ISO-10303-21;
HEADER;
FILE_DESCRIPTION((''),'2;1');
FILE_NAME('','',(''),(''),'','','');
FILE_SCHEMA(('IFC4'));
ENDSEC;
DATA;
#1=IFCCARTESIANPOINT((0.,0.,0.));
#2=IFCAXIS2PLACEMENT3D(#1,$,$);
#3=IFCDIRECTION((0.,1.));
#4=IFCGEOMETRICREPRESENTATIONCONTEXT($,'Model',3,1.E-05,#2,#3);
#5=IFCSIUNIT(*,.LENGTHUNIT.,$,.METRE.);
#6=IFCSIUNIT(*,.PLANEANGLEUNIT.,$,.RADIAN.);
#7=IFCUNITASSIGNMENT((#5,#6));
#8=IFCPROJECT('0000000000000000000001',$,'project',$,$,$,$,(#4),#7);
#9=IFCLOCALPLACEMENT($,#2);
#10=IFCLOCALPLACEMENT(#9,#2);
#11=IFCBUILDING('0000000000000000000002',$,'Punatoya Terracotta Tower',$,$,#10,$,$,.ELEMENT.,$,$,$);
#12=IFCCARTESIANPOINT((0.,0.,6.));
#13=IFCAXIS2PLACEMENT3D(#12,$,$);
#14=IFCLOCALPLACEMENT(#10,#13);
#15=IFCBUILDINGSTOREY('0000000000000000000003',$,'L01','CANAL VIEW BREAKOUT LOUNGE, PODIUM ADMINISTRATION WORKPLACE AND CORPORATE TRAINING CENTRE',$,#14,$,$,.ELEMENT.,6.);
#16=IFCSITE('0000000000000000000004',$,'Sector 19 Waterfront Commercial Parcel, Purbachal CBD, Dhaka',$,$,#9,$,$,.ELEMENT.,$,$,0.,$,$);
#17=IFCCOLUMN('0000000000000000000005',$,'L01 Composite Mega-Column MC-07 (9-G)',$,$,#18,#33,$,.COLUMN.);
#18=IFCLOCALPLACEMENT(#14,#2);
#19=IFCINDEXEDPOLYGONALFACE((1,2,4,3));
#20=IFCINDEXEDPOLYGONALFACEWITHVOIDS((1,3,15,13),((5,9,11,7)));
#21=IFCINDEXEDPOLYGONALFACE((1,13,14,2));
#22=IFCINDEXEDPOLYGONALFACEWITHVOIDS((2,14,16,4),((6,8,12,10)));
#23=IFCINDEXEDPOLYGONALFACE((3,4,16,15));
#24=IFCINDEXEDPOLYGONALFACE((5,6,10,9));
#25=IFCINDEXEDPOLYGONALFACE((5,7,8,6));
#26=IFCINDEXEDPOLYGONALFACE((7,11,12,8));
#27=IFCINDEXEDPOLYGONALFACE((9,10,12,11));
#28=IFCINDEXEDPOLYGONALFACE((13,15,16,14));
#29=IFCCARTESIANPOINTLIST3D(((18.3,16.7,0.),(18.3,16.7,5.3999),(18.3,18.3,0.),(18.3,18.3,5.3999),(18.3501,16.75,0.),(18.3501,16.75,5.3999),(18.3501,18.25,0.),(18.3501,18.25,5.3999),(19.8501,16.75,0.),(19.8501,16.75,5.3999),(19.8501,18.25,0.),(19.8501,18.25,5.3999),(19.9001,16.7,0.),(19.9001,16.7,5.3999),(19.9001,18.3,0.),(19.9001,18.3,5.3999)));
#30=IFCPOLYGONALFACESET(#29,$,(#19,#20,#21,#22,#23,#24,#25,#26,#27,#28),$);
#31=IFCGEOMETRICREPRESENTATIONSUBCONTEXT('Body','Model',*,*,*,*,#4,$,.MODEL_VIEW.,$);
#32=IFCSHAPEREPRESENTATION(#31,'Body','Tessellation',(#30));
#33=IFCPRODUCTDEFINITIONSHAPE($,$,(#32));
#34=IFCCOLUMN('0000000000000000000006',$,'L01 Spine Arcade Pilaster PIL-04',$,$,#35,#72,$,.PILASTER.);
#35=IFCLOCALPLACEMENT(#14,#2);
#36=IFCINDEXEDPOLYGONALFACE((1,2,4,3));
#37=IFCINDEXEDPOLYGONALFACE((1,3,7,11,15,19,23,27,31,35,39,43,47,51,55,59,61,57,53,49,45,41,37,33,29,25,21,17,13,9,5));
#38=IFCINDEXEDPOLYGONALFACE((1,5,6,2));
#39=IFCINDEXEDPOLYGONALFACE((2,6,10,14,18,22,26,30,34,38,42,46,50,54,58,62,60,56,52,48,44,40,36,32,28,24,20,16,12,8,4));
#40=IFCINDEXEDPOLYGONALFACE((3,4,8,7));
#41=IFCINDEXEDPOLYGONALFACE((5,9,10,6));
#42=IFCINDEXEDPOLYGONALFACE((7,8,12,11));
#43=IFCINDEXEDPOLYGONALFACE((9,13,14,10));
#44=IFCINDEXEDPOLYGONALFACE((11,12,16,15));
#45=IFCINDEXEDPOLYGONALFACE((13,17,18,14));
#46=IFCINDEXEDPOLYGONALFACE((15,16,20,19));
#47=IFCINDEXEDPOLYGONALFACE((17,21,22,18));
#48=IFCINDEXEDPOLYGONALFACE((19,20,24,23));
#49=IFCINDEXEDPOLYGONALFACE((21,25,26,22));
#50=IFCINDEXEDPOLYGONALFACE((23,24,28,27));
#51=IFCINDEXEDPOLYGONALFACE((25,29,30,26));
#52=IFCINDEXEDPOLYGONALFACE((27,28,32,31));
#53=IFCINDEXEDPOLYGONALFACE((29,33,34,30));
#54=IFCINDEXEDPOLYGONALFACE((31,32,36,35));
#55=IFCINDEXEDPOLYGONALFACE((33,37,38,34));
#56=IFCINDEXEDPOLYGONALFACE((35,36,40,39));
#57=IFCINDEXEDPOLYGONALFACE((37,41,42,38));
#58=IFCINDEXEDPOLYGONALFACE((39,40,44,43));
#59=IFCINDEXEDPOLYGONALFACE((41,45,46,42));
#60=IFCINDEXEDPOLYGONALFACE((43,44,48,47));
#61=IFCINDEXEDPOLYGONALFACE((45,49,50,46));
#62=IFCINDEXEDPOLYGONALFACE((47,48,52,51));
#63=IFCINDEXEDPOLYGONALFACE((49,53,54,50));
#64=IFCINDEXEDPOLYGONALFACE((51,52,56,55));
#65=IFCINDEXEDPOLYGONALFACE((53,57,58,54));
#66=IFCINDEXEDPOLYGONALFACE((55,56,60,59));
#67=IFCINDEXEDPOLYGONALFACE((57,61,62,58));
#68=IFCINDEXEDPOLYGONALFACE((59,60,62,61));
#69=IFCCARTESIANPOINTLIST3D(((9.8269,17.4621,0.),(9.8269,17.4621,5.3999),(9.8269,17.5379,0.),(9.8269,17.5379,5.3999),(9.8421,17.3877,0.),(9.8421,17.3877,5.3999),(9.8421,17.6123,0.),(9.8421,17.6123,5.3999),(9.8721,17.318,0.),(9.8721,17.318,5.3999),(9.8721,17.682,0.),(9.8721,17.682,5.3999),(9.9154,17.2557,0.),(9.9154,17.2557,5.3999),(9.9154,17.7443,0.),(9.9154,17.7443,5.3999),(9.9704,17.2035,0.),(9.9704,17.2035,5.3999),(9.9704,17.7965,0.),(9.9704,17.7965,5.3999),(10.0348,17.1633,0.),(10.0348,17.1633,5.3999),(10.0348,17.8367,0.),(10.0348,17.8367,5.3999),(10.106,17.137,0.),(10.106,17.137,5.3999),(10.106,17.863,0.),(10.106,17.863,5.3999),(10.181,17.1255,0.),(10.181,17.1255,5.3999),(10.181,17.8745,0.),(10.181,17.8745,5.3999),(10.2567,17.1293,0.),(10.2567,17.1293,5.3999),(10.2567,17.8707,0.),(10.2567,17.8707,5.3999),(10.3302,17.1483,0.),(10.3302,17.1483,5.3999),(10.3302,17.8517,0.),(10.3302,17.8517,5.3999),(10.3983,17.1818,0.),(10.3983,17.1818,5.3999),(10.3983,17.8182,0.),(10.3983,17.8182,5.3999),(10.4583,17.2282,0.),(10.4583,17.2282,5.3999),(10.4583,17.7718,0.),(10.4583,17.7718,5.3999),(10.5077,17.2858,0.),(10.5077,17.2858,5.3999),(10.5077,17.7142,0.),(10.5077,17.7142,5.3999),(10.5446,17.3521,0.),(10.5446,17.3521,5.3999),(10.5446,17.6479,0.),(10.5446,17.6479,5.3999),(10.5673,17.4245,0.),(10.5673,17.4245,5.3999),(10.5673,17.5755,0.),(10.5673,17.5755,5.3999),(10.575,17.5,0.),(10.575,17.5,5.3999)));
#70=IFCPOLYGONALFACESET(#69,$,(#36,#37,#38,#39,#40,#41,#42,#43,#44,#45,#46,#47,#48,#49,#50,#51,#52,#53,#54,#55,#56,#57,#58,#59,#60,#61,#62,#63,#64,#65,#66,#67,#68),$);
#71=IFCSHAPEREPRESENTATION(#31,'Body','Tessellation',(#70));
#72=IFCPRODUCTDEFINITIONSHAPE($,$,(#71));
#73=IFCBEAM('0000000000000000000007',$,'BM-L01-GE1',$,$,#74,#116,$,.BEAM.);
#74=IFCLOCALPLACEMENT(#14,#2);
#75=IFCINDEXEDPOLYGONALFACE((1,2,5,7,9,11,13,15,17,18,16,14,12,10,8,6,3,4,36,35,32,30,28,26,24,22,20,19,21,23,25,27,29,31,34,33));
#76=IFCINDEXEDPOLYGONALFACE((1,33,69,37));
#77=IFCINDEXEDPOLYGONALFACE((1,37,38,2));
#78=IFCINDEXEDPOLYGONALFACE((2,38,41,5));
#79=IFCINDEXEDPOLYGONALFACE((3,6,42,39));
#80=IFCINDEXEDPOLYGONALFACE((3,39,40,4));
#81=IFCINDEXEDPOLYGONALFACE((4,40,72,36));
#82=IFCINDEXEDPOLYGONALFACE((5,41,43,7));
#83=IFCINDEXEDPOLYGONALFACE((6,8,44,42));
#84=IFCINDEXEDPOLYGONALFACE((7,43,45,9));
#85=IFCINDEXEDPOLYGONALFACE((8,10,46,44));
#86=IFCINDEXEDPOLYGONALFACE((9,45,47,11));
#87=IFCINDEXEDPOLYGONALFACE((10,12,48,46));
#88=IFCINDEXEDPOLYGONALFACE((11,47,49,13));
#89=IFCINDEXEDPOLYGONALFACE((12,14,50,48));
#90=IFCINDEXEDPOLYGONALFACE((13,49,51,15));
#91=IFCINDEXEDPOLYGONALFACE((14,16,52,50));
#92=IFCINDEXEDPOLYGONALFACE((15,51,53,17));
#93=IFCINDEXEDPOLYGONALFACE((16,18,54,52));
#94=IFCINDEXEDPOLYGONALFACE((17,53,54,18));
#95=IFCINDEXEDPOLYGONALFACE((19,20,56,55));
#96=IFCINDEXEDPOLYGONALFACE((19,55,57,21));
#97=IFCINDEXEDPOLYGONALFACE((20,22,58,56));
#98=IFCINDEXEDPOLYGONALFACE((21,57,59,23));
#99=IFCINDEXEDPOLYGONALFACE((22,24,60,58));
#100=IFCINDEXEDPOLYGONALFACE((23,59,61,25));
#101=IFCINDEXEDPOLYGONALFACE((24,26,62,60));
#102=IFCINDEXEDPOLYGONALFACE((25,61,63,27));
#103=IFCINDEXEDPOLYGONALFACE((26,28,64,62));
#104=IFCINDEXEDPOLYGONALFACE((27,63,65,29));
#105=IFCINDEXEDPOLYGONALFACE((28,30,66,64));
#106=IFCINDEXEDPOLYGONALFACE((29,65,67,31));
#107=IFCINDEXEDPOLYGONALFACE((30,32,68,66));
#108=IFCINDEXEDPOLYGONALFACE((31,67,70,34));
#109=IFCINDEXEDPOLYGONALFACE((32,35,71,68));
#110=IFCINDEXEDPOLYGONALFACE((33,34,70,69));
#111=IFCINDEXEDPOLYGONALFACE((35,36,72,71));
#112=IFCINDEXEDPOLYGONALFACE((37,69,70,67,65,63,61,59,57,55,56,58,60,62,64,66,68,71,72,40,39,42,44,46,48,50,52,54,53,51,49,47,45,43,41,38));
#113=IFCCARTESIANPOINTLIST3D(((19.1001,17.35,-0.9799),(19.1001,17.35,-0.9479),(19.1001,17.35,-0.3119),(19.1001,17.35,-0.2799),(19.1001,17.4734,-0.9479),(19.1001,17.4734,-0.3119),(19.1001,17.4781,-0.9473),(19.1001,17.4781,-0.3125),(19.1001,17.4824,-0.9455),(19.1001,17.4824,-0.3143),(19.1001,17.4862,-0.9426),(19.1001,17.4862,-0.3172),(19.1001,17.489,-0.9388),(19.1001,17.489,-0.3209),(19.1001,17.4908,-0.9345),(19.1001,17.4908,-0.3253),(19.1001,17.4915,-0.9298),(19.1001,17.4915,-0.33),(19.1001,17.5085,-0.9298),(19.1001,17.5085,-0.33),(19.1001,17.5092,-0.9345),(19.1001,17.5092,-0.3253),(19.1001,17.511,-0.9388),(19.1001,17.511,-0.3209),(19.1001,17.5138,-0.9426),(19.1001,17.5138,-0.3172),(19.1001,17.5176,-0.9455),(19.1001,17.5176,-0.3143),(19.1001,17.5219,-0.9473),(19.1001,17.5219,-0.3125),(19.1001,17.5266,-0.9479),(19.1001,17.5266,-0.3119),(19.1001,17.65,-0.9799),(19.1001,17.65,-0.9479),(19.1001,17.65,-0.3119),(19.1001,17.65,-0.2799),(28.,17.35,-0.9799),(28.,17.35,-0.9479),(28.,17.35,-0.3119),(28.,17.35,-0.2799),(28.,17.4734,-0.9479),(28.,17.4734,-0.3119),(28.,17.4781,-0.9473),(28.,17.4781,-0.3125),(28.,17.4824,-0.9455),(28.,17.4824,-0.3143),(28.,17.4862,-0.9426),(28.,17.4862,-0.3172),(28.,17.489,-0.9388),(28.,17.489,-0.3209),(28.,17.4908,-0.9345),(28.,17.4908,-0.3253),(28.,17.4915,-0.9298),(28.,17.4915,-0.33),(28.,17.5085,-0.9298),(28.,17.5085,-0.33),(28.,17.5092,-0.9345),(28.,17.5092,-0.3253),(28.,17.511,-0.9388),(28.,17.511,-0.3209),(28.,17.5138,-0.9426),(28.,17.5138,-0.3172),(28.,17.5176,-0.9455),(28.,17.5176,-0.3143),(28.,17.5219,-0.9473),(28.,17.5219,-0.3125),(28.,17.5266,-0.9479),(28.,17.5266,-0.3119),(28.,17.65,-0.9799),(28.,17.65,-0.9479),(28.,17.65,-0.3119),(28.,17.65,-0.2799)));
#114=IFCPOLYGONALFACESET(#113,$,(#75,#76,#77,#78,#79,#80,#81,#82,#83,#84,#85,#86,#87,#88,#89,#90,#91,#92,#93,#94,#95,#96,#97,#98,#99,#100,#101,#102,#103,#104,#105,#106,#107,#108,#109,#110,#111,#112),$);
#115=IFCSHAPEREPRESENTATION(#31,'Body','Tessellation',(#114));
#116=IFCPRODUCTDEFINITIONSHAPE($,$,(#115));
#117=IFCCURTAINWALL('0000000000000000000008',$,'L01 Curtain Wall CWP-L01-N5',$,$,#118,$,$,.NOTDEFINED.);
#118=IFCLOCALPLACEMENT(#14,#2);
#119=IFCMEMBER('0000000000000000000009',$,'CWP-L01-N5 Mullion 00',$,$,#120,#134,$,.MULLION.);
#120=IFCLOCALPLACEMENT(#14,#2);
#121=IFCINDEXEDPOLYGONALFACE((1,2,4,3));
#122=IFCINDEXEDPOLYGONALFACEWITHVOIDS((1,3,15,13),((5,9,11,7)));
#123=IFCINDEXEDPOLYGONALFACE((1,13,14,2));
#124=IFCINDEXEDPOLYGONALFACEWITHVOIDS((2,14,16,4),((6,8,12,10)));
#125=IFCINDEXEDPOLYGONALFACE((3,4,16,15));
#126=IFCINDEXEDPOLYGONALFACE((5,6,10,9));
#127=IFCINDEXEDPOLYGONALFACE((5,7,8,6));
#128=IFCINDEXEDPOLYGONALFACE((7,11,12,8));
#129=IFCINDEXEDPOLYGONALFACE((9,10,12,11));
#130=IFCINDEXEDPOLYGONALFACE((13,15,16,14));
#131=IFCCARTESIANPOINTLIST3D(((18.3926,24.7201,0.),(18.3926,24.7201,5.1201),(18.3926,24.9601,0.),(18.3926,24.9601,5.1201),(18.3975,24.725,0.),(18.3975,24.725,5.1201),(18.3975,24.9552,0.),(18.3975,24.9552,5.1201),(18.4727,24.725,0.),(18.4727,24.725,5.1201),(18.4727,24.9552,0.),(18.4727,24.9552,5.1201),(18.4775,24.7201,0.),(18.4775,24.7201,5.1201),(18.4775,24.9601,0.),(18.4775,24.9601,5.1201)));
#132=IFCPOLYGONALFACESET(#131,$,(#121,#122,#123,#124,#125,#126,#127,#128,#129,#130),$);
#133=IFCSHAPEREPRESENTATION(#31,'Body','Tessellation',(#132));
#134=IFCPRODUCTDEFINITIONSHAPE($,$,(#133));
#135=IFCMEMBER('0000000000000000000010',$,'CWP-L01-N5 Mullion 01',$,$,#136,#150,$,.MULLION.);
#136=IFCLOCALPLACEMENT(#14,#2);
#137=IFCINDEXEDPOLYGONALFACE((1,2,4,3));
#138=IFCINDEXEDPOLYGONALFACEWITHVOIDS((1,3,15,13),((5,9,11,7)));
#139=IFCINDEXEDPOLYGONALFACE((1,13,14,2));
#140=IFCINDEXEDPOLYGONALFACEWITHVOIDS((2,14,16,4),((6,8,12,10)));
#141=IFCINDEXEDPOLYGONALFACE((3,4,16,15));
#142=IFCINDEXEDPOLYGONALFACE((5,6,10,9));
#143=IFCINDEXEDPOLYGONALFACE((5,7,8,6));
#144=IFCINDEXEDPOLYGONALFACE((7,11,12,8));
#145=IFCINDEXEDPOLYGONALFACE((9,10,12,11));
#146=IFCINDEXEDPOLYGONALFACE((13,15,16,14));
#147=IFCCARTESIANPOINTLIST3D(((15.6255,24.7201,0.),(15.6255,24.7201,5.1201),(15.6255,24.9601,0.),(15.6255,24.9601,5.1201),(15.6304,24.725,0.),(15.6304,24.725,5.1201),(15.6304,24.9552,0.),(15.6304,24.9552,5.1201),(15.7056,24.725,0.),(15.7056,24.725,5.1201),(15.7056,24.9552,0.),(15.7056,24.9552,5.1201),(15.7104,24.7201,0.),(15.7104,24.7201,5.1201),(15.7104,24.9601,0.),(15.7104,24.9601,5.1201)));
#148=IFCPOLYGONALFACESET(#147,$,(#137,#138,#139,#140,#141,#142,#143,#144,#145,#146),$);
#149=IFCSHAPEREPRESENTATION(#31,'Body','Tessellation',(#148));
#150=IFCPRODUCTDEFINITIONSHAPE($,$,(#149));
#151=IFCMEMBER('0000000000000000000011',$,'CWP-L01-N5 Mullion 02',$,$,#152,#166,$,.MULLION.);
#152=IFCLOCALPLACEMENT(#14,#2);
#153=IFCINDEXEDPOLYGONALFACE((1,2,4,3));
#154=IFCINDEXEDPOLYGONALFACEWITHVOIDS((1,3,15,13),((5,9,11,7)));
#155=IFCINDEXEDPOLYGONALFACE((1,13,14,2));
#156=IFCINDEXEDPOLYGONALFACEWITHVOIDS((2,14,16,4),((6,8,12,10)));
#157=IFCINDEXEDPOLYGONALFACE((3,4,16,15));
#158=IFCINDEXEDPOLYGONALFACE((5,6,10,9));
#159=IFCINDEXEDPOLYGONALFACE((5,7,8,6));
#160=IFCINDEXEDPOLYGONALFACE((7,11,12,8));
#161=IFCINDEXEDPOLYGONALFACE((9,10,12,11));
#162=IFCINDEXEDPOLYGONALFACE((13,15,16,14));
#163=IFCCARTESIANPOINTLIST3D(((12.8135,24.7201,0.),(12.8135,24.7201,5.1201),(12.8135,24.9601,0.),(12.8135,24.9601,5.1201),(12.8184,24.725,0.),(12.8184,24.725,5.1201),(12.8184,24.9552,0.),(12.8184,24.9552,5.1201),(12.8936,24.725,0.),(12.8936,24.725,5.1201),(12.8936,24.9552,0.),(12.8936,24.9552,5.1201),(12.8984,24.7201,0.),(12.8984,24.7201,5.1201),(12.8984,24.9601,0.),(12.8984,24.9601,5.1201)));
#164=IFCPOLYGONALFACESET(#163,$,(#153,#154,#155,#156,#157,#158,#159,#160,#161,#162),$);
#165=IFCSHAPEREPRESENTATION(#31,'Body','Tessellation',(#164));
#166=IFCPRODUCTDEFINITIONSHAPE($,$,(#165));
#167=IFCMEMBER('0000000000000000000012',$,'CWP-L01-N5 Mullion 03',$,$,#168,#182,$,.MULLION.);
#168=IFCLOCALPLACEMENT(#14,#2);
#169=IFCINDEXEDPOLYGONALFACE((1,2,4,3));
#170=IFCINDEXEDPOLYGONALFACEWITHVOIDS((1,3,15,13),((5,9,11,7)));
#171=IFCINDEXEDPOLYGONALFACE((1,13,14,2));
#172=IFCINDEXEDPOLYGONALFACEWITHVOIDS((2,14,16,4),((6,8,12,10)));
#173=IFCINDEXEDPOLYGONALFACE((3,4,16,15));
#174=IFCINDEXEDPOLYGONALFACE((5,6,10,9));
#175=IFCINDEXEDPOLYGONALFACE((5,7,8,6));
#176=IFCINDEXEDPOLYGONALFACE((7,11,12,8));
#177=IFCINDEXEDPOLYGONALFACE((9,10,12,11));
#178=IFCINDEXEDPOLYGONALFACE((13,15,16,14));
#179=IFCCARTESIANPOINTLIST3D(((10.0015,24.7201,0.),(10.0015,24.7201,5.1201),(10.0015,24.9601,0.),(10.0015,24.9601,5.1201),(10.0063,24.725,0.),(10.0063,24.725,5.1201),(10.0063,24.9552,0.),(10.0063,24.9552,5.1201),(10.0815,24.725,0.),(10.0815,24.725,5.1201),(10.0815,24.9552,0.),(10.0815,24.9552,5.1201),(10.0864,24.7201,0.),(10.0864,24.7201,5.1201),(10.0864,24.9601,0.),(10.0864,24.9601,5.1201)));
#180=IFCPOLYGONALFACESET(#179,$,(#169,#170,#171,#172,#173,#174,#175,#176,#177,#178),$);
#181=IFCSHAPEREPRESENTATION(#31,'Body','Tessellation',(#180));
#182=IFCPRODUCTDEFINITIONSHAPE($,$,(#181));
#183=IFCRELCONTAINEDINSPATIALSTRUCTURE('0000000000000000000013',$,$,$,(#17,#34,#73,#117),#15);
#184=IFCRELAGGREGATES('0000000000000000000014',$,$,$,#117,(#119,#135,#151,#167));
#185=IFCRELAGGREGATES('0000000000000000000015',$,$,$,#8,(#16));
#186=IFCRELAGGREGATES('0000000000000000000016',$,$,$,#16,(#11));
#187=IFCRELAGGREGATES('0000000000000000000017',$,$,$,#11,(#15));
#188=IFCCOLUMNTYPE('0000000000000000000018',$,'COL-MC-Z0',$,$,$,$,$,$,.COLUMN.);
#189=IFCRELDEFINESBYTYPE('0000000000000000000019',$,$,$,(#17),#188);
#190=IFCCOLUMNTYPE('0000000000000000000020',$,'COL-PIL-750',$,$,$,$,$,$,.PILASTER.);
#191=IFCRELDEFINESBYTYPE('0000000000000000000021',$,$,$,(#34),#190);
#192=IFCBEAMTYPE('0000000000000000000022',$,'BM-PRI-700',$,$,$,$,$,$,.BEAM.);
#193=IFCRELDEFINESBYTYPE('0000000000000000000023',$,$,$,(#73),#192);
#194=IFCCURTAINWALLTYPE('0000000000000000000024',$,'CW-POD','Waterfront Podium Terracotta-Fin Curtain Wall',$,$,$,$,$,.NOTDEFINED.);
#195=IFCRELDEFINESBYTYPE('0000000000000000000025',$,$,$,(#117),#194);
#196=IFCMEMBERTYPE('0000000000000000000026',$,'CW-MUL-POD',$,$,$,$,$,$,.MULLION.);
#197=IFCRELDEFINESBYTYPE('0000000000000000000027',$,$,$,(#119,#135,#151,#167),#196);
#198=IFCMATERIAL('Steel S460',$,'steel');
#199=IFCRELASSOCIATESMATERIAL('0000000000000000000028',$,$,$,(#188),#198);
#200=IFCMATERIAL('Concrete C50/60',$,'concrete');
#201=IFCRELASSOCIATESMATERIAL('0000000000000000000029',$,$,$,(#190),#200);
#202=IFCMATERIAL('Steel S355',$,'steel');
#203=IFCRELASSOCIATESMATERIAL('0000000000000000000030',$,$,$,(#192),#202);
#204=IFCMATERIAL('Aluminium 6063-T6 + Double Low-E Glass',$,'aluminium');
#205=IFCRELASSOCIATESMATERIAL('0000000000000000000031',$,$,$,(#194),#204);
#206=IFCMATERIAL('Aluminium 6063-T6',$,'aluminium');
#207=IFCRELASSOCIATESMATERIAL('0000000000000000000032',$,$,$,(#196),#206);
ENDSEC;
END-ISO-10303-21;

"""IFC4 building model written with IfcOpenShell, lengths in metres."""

from ifc_helpers import new_model, si_unit, direction, frame, origin, origin_2d, place, context, subcontext, project, spatial, hollow_rectangle, circle, i_section, extrude, material, material_profile, profile_set, type_object, element, aggregate, save


model = new_model("IFC4")

# Units and contexts
model_context = context("Model", 3, precision=1e-05, world=origin(), true_north=direction((0.0, 1.0)))
body_context = subcontext(model_context, "Body", "Model", "MODEL_VIEW")
ifc_project = project(units=[si_unit("LENGTHUNIT", "METRE"), si_unit("PLANEANGLEUNIT", "RADIAN")], contexts=[model_context])

# Site, building, storey
site_placement = place(None, origin())
site = spatial("IfcSite", under=ifc_project, at=site_placement, Name="Sector 19 Waterfront Commercial Parcel, Purbachal CBD, Dhaka", CompositionType="ELEMENT", RefElevation=0.0)
building_placement = place(site_placement, origin())
building = spatial("IfcBuilding", under=site, at=building_placement, Name="Punatoya Terracotta Tower", CompositionType="ELEMENT")
storey_placement = place(building_placement, frame((0.0, 0.0, 6.0)))
storey = spatial("IfcBuildingStorey", under=building, at=storey_placement, Name="L01", Description="CANAL VIEW BREAKOUT LOUNGE, PODIUM ADMINISTRATION WORKPLACE AND CORPORATE TRAINING CENTRE", CompositionType="ELEMENT", Elevation=6.0)

# Columns
ifc_material_1 = material(Name="Steel S460", Category="steel")
ifc_material_profile_1 = material_profile(ifc_material_1, hollow_rectangle(XDim=1.6001, YDim=1.6001, WallThickness=0.05, at=origin_2d()))
ifc_profile_set_1 = profile_set([ifc_material_profile_1], Name="Steel S460")
column_type_1 = type_object("IfcColumnType", Name="COL-MC-Z0", PredefinedType="COLUMN", material=ifc_profile_set_1)
column_1_placement = place(storey_placement, frame((19.1001, 17.5, 0.0), z_axis=(0.0, 0.0, 1.0), x_axis=(1.0, 0.0, 0.0)))
element("IfcColumn", 1, at=column_1_placement, inside=storey, type_object=column_type_1, Name="L01 Composite Mega-Column MC-07 (9-G)", PredefinedType="COLUMN", context=body_context, shape_type="SweptSolid", body=[
    extrude(hollow_rectangle(XDim=1.6001, YDim=1.6001, WallThickness=0.05, at=origin_2d()), origin(), (0.0, 0.0, 1.0), 5.3999),
])
ifc_material_2 = material(Name="Concrete C50/60", Category="concrete")
ifc_material_profile_2 = material_profile(ifc_material_2, circle(Radius=0.375, at=origin_2d()))
ifc_profile_set_2 = profile_set([ifc_material_profile_2], Name="Concrete C50/60")
column_type_2 = type_object("IfcColumnType", Name="COL-PIL-750", PredefinedType="PILASTER", material=ifc_profile_set_2)
column_2_placement = place(storey_placement, frame((10.2, 17.5, 0.0), z_axis=(0.0, 0.0, 1.0), x_axis=(1.0, 0.0, 0.0)))
element("IfcColumn", 2, at=column_2_placement, inside=storey, type_object=column_type_2, Name="L01 Spine Arcade Pilaster PIL-04", PredefinedType="PILASTER", context=body_context, shape_type="SweptSolid", body=[
    extrude(circle(Radius=0.375, at=origin_2d()), origin(), (0.0, 0.0, 1.0), 5.3999),
])

# Beam
ifc_material_3 = material(Name="Steel S355", Category="steel")
ifc_material_profile_3 = material_profile(ifc_material_3, i_section(OverallWidth=0.3, OverallDepth=0.7, WebThickness=0.0171, FlangeThickness=0.032, FilletRadius=0.0181, at=origin_2d()))
ifc_profile_set_3 = profile_set([ifc_material_profile_3], Name="Steel S355")
beam_type = type_object("IfcBeamType", Name="BM-PRI-700", PredefinedType="BEAM", material=ifc_profile_set_3)
beam_placement = place(storey_placement, frame((19.1001, 17.5, -0.6299), z_axis=(1.0, 0.0, 0.0), x_axis=(0.0, 1.0, 0.0)))
element("IfcBeam", 3, at=beam_placement, inside=storey, type_object=beam_type, Name="BM-L01-GE1", PredefinedType="BEAM", context=body_context, shape_type="SweptSolid", body=[
    extrude(i_section(OverallWidth=0.3, OverallDepth=0.7, WebThickness=0.0171, FlangeThickness=0.032, FilletRadius=0.0181, at=origin_2d()), origin(), (0.0, 0.0, 1.0), 8.8999),
])

# Curtain wall, members
ifc_material_4 = material(Name="Aluminium 6063-T6 + Double Low-E Glass", Category="aluminium")
curtain_wall_type = type_object("IfcCurtainWallType", Name="CW-POD", Description="Waterfront Podium Terracotta-Fin Curtain Wall", PredefinedType="NOTDEFINED", material=ifc_material_4)
curtain_wall_placement = place(storey_placement, origin())
curtain_wall = element("IfcCurtainWall", 4, at=curtain_wall_placement, inside=storey, type_object=curtain_wall_type, Name="L01 Curtain Wall CWP-L01-N5", PredefinedType="NOTDEFINED")
ifc_material_5 = material(Name="Aluminium 6063-T6", Category="aluminium")
ifc_material_profile_4 = material_profile(ifc_material_5, hollow_rectangle(XDim=0.085, YDim=0.24, WallThickness=0.0049, at=origin_2d()))
ifc_profile_set_4 = profile_set([ifc_material_profile_4], Name="Aluminium 6063-T6")
member_type_1 = type_object("IfcMemberType", Name="CW-MUL-POD", PredefinedType="MULLION", material=ifc_profile_set_4)
member_1_placement = place(storey_placement, frame((18.4351, 24.8401, 0.0), z_axis=(0.0, 0.0, 1.0), x_axis=(1.0, 0.0, 0.0)))
member_1 = element("IfcMember", 5, at=member_1_placement, type_object=member_type_1, Name="CWP-L01-N5 Mullion 00", PredefinedType="MULLION", context=body_context, shape_type="SweptSolid", body=[
    extrude(hollow_rectangle(XDim=0.085, YDim=0.24, WallThickness=0.0049, at=origin_2d()), origin(), (0.0, 0.0, 1.0), 5.1201),
])
member_2_placement = place(storey_placement, frame((15.668, 24.8401, 0.0), z_axis=(0.0, 0.0, 1.0), x_axis=(1.0, 0.0, 0.0)))
member_2 = element("IfcMember", 6, at=member_2_placement, type_object=member_type_1, Name="CWP-L01-N5 Mullion 01", PredefinedType="MULLION", context=body_context, shape_type="SweptSolid", body=[
    extrude(hollow_rectangle(XDim=0.085, YDim=0.24, WallThickness=0.0049, at=origin_2d()), origin(), (0.0, 0.0, 1.0), 5.1201),
])
member_3_placement = place(storey_placement, frame((12.856, 24.8401, 0.0), z_axis=(0.0, 0.0, 1.0), x_axis=(1.0, 0.0, 0.0)))
member_3 = element("IfcMember", 7, at=member_3_placement, type_object=member_type_1, Name="CWP-L01-N5 Mullion 02", PredefinedType="MULLION", context=body_context, shape_type="SweptSolid", body=[
    extrude(hollow_rectangle(XDim=0.085, YDim=0.24, WallThickness=0.0049, at=origin_2d()), origin(), (0.0, 0.0, 1.0), 5.1201),
])
member_4_placement = place(storey_placement, frame((10.0439, 24.8401, 0.0), z_axis=(0.0, 0.0, 1.0), x_axis=(1.0, 0.0, 0.0)))
member_4 = element("IfcMember", 8, at=member_4_placement, type_object=member_type_1, Name="CWP-L01-N5 Mullion 03", PredefinedType="MULLION", context=body_context, shape_type="SweptSolid", body=[
    extrude(hollow_rectangle(XDim=0.085, YDim=0.24, WallThickness=0.0049, at=origin_2d()), origin(), (0.0, 0.0, 1.0), 5.1201),
])
aggregate(curtain_wall, [member_1, member_2, member_3, member_4])

save(model, "model.ifc")
